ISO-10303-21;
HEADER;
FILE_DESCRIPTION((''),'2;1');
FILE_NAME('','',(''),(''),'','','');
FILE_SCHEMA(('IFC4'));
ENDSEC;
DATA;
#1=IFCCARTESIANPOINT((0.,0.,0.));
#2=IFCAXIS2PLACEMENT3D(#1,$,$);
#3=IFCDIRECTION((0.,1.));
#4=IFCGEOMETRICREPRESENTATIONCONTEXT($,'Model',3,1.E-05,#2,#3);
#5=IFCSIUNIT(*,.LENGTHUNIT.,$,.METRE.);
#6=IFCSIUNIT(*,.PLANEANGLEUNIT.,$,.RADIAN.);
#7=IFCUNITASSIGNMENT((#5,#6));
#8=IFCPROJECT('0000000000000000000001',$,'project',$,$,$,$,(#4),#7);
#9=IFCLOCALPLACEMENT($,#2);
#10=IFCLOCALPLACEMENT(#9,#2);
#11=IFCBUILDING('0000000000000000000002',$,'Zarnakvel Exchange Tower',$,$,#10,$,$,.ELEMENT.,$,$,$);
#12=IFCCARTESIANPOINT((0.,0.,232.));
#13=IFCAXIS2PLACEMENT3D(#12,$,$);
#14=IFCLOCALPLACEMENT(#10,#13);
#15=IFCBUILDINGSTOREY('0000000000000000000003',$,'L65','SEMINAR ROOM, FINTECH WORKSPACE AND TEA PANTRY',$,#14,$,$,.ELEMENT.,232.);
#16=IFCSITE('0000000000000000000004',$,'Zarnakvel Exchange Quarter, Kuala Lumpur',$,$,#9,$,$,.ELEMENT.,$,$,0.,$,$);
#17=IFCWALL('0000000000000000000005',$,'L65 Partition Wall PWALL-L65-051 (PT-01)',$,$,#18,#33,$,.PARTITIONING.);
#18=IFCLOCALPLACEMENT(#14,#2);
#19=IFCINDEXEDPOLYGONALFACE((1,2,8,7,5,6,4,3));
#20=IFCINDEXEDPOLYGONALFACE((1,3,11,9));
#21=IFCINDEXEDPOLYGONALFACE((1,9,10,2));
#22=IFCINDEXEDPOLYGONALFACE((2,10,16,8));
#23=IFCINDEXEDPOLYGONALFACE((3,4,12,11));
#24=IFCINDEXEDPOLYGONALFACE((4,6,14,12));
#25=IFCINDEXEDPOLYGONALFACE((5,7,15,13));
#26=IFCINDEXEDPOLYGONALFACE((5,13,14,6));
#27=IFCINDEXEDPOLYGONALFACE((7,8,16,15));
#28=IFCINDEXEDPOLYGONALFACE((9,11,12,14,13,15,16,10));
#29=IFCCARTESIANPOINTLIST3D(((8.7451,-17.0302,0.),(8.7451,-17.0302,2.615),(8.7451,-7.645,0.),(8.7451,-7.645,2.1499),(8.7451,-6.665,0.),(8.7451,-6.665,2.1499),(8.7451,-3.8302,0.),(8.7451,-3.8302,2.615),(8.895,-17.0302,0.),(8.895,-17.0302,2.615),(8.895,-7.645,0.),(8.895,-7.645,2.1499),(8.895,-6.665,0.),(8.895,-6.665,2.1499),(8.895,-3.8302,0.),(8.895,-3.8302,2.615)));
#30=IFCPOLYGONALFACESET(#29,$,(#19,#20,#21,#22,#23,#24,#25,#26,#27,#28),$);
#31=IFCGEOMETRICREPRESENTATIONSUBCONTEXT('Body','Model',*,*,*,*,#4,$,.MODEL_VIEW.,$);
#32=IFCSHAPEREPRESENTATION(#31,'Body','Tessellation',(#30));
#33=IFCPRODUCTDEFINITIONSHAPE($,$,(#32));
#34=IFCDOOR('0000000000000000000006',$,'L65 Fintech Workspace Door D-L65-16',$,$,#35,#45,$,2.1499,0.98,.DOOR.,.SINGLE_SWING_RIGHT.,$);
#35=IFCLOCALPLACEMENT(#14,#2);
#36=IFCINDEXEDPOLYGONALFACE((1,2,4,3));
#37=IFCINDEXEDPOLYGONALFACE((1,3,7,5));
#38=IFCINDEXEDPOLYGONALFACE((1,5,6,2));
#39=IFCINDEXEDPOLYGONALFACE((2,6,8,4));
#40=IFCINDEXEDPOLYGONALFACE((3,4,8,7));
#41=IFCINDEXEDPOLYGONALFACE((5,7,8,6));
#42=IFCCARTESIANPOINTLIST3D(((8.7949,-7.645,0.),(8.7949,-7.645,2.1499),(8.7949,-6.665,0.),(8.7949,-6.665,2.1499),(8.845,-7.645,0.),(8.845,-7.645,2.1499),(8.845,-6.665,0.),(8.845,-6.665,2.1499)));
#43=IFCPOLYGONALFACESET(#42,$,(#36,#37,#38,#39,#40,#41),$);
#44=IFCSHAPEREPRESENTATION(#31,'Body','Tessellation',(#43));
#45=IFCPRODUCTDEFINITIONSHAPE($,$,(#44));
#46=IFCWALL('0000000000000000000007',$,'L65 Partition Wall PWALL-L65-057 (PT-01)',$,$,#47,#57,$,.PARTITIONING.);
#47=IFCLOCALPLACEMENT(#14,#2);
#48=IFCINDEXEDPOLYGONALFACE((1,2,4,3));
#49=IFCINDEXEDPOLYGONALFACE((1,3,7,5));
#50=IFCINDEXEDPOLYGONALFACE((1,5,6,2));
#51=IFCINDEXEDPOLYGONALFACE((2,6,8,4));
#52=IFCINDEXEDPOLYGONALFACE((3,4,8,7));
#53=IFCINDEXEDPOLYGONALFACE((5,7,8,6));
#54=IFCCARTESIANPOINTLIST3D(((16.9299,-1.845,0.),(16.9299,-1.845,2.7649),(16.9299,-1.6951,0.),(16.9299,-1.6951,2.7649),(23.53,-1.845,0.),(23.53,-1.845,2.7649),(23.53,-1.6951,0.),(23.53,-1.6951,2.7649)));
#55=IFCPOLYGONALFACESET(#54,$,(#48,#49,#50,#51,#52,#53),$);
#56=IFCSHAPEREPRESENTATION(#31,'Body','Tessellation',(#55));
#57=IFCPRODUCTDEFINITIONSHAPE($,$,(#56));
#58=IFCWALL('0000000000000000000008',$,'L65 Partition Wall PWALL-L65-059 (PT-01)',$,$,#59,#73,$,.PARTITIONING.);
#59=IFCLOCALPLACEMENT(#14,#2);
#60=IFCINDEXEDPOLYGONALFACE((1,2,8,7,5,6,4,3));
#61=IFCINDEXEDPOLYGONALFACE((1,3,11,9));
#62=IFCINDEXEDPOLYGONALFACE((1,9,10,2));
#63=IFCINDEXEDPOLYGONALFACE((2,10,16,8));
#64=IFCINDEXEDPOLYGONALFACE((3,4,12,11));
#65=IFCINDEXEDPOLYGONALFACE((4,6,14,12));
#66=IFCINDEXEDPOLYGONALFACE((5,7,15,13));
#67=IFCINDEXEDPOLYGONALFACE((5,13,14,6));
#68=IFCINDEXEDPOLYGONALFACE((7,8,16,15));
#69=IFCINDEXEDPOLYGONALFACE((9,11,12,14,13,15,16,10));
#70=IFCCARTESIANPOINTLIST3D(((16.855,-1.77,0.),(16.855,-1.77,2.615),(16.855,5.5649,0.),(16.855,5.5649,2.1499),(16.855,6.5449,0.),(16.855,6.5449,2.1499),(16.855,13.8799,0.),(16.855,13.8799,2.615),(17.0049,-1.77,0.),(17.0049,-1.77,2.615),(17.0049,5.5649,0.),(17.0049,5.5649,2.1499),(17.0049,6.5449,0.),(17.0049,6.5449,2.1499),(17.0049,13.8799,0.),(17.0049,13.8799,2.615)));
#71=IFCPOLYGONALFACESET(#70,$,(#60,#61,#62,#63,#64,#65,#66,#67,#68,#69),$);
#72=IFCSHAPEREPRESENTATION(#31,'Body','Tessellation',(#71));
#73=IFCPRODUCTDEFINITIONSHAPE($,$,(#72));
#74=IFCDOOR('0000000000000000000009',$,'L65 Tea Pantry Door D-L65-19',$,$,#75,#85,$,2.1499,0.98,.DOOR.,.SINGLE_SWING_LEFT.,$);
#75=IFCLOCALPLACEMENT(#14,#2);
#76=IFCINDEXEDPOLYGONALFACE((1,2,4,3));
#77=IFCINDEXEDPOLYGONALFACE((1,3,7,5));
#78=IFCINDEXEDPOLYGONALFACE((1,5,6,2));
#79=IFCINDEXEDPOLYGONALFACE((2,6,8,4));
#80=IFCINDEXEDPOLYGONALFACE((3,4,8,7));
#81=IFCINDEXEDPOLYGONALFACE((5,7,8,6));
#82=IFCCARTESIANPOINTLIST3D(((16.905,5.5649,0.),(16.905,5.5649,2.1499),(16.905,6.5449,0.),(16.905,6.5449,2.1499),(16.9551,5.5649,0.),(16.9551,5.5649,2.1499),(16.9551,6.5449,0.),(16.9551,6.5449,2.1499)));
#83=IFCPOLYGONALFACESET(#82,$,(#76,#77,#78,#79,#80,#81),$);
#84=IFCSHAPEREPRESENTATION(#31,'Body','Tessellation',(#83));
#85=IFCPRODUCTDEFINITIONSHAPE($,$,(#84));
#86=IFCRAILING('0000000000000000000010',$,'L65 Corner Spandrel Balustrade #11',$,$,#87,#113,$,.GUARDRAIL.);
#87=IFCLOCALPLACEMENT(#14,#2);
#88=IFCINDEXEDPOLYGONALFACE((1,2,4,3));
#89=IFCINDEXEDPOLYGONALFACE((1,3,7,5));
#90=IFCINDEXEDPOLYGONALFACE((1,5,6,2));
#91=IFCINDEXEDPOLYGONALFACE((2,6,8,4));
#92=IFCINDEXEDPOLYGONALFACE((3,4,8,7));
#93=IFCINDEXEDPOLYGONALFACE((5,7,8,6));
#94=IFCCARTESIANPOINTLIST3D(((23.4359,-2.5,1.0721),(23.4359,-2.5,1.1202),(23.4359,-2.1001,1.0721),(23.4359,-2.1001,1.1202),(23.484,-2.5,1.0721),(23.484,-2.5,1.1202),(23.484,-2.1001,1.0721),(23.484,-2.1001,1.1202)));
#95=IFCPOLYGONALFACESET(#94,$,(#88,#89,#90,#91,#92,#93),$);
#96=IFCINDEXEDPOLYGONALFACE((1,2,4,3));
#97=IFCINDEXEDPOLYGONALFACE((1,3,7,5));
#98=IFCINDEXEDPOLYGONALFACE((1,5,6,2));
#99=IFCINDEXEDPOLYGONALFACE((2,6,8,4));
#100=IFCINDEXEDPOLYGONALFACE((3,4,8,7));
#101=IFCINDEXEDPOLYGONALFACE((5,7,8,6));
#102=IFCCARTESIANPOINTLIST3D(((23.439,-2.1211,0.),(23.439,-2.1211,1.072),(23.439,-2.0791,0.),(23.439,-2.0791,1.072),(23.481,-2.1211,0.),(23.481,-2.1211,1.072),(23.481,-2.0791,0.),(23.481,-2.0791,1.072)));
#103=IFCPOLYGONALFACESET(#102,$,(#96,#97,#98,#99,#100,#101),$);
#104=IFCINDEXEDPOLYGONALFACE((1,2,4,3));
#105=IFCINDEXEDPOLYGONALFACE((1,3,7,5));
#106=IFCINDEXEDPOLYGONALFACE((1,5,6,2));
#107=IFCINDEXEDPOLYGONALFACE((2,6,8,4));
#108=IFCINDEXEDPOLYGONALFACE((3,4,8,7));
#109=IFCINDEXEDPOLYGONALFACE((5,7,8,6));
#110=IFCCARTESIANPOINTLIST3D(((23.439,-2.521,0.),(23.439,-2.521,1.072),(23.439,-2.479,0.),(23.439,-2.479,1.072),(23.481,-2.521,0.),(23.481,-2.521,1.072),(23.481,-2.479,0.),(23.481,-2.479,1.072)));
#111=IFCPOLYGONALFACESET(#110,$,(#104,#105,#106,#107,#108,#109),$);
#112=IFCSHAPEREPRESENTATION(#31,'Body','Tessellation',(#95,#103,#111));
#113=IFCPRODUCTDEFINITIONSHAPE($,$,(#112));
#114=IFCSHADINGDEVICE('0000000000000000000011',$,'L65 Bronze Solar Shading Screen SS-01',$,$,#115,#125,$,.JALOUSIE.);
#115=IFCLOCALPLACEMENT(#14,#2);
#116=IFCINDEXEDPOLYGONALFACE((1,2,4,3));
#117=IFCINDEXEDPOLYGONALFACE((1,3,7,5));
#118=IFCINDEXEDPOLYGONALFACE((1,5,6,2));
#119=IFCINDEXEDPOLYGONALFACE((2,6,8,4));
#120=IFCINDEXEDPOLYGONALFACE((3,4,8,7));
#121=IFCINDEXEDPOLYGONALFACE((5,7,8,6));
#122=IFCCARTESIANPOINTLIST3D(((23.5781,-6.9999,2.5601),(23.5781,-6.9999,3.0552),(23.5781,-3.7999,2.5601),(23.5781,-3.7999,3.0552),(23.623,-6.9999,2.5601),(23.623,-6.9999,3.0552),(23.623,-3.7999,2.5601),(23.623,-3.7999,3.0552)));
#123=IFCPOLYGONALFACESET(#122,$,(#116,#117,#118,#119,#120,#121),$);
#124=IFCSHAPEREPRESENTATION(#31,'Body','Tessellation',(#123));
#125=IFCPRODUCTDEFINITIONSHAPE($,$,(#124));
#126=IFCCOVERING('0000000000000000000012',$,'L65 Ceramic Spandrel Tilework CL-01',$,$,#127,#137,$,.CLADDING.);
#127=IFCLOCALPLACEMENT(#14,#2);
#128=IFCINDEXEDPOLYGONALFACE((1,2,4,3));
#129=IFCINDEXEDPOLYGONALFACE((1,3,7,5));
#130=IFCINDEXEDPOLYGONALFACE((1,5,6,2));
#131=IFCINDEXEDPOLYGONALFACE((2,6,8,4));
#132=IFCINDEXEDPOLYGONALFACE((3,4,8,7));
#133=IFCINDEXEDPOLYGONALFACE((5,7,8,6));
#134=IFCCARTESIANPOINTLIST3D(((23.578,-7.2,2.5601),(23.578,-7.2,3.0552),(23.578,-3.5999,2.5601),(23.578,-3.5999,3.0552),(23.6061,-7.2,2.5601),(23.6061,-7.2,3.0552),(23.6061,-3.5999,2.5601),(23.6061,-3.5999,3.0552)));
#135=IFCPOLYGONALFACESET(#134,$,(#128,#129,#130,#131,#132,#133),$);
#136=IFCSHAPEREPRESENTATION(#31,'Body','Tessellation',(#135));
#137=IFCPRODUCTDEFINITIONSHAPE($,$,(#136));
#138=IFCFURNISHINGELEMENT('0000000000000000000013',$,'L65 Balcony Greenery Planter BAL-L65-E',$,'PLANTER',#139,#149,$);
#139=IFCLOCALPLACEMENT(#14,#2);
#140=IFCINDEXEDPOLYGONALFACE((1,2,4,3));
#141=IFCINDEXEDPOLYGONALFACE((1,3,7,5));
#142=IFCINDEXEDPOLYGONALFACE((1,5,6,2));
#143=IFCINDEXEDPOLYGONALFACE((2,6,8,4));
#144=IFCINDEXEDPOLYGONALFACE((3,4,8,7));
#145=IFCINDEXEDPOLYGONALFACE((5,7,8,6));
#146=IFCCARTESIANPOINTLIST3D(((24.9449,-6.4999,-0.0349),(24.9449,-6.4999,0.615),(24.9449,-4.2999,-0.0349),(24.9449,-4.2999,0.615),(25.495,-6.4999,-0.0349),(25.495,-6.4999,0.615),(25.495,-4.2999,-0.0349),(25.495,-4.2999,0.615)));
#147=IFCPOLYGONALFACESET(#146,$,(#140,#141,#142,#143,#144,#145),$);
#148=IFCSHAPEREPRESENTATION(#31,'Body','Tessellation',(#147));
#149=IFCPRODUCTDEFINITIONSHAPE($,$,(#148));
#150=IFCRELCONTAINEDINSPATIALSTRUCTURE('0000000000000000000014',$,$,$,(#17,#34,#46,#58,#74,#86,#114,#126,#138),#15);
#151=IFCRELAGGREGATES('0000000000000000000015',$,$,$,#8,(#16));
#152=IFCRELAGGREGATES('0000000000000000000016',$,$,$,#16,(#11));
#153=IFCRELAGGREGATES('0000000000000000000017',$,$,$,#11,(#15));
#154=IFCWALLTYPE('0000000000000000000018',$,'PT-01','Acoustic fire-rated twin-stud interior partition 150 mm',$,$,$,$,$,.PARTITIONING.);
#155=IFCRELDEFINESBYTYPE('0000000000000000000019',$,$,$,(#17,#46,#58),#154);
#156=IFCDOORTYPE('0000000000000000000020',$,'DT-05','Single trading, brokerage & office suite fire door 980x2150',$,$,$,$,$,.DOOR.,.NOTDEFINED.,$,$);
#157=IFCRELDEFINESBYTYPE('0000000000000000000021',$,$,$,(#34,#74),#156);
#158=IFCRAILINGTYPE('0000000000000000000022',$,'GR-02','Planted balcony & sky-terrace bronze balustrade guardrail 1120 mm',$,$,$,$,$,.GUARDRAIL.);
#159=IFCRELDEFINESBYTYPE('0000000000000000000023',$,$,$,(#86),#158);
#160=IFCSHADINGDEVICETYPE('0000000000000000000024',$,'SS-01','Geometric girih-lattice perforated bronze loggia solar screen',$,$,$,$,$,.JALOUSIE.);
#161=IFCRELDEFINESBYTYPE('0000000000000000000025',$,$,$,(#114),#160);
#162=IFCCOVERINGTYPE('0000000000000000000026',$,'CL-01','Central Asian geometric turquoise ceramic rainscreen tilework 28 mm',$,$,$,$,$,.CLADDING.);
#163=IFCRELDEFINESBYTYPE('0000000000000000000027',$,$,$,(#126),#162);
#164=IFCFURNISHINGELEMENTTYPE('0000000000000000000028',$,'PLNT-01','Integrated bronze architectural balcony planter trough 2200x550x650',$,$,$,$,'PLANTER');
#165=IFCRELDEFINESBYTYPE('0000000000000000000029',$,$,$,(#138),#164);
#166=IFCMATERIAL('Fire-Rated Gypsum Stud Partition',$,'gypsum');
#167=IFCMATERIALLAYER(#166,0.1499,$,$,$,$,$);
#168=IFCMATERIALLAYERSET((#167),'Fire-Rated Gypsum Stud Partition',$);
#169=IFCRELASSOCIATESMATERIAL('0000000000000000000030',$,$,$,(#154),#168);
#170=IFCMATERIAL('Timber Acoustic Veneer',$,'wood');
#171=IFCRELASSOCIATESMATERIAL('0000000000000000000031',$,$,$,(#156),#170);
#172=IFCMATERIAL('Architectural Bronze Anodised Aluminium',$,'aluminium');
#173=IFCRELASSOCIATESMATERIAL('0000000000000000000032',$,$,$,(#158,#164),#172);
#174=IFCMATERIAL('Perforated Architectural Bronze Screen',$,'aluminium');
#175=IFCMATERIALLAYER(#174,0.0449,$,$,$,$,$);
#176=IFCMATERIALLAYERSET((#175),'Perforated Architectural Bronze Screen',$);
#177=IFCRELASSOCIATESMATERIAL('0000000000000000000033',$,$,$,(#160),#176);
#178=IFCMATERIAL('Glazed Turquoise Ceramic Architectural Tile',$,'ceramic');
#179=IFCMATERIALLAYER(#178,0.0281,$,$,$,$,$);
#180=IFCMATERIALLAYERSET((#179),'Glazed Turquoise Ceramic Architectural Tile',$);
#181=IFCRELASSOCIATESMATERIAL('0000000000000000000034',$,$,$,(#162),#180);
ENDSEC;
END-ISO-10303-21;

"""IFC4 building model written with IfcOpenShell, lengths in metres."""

from ifc_helpers import new_model, si_unit, direction, frame, frame_2d, origin, origin_2d, place, context, subcontext, project, spatial, rectangle, extrude, source, transform, mapped, material, layer, layer_set, type_object, element, fill, save


model = new_model("IFC4")

# Units and contexts
model_context = context("Model", 3, precision=1e-05, world=origin(), true_north=direction((0.0, 1.0)))
body_context = subcontext(model_context, "Body", "Model", "MODEL_VIEW")
ifc_project = project(units=[si_unit("LENGTHUNIT", "METRE"), si_unit("PLANEANGLEUNIT", "RADIAN")], contexts=[model_context])

# Site, building, storey
site_placement = place(None, origin())
site = spatial("IfcSite", under=ifc_project, at=site_placement, Name="Zarnakvel Exchange Quarter, Kuala Lumpur", CompositionType="ELEMENT", RefElevation=0.0)
building_placement = place(site_placement, origin())
building = spatial("IfcBuilding", under=site, at=building_placement, Name="Zarnakvel Exchange Tower", CompositionType="ELEMENT")
storey_placement = place(building_placement, frame((0.0, 0.0, 232.0)))
storey = spatial("IfcBuildingStorey", under=building, at=storey_placement, Name="L65", Description="SEMINAR ROOM, FINTECH WORKSPACE AND TEA PANTRY", CompositionType="ELEMENT", Elevation=232.0)

# Shared definitions
ifc_material_1 = material(Name="Architectural Bronze Anodised Aluminium", Category="aluminium")

# Shared definitions
ifc_material_2 = material(Name="Fire-Rated Gypsum Stud Partition", Category="gypsum")
ifc_layer_1 = layer(ifc_material_2, 0.1499)
ifc_layer_set_1 = layer_set([ifc_layer_1], Name="Fire-Rated Gypsum Stud Partition")
wall_type_1 = type_object("IfcWallType", Name="PT-01", Description="Acoustic fire-rated twin-stud interior partition 150 mm", PredefinedType="PARTITIONING", material=ifc_layer_set_1)

# Wall, opening, door
wall_1_placement = place(storey_placement, frame((8.8201, -3.8301, 0.0), z_axis=(0.0, 0.0, 1.0), x_axis=(0.0, -1.0, 0.0)))
wall_1 = element("IfcWall", 1, at=wall_1_placement, inside=storey, type_object=wall_type_1, Name="L65 Partition Wall PWALL-L65-051 (PT-01)", PredefinedType="PARTITIONING", context=body_context, shape_type="SweptSolid", body=[
    extrude(rectangle(XDim=13.2, YDim=0.1499, at=frame_2d((6.6001, 0.0))), origin(), (0.0, 0.0, 1.0), 2.615),
])
opening_1_placement = place(wall_1_placement, frame((2.835, 0.0, 0.0)))
opening_1 = element("IfcOpeningElement", 2, at=opening_1_placement, cuts=wall_1, PredefinedType="OPENING", context=body_context, shape_type="SweptSolid", body=[
    extrude(rectangle(XDim=0.98, YDim=2.1499, at=frame_2d((0.49, 1.075))), frame((0.0, 0.085, 0.0), z_axis=(0.0, -1.0, 0.0), x_axis=(1.0, 0.0, 0.0)), (0.0, 0.0, 1.0), 0.1699),
])
ifc_material_3 = material(Name="Timber Acoustic Veneer", Category="wood")
door_type_1 = type_object("IfcDoorType", Name="DT-05", Description="Single trading, brokerage & office suite fire door 980x2150", OperationType="NOTDEFINED", PredefinedType="DOOR", material=ifc_material_3)
shared_shape_1 = source(origin(), body_context, "Body", "SweptSolid", [
    extrude(rectangle(XDim=0.98, YDim=2.1499, at=frame_2d((0.49, 1.075))), frame((0.0, 0.0249, 0.0), z_axis=(0.0, -1.0, 0.0), x_axis=(1.0, 0.0, 0.0)), (0.0, 0.0, 1.0), 0.05),
])
door_1_placement = place(opening_1_placement, origin())
door_1 = element("IfcDoor", 3, at=door_1_placement, inside=storey, type_object=door_type_1, Name="L65 Fintech Workspace Door D-L65-16", OperationType="SINGLE_SWING_RIGHT", OverallHeight=2.1499, OverallWidth=0.98, PredefinedType="DOOR", context=body_context, shape_type="MappedRepresentation", body=[
    mapped(shared_shape_1, transform((0.0, 0.0, 0.0), x_axis=(1.0, 0.0, 0.0), y_axis=(0.0, 1.0, 0.0), z_axis=(0.0, 0.0, 1.0), scale=1.0)),
])
fill(opening_1, door_1)

# Wall
wall_2_placement = place(storey_placement, frame((23.53, -1.77, 0.0), z_axis=(0.0, 0.0, 1.0), x_axis=(-1.0, 0.0, 0.0)))
element("IfcWall", 4, at=wall_2_placement, inside=storey, type_object=wall_type_1, Name="L65 Partition Wall PWALL-L65-057 (PT-01)", PredefinedType="PARTITIONING", context=body_context, shape_type="SweptSolid", body=[
    extrude(rectangle(XDim=6.6001, YDim=0.1499, at=frame_2d((3.3, 0.0))), origin(), (0.0, 0.0, 1.0), 2.7649),
])

# Wall, opening, door
wall_3_placement = place(storey_placement, frame((16.9299, -1.77, 0.0), z_axis=(0.0, 0.0, 1.0), x_axis=(0.0, 1.0, 0.0)))
wall_3 = element("IfcWall", 5, at=wall_3_placement, inside=storey, type_object=wall_type_1, Name="L65 Partition Wall PWALL-L65-059 (PT-01)", PredefinedType="PARTITIONING", context=body_context, shape_type="SweptSolid", body=[
    extrude(rectangle(XDim=15.6499, YDim=0.1499, at=frame_2d((7.825, 0.0))), origin(), (0.0, 0.0, 1.0), 2.615),
])
opening_2_placement = place(wall_3_placement, frame((7.335, 0.0, 0.0)))
opening_2 = element("IfcOpeningElement", 6, at=opening_2_placement, cuts=wall_3, PredefinedType="OPENING", context=body_context, shape_type="SweptSolid", body=[
    extrude(rectangle(XDim=0.98, YDim=2.1499, at=frame_2d((0.49, 1.075))), frame((0.0, 0.085, 0.0), z_axis=(0.0, -1.0, 0.0), x_axis=(1.0, 0.0, 0.0)), (0.0, 0.0, 1.0), 0.1699),
])
door_2_placement = place(opening_2_placement, origin())
door_2 = element("IfcDoor", 7, at=door_2_placement, inside=storey, type_object=door_type_1, Name="L65 Tea Pantry Door D-L65-19", OperationType="SINGLE_SWING_LEFT", OverallHeight=2.1499, OverallWidth=0.98, PredefinedType="DOOR", context=body_context, shape_type="MappedRepresentation", body=[
    mapped(shared_shape_1, transform((0.0, 0.0, 0.0), x_axis=(1.0, 0.0, 0.0), y_axis=(0.0, 1.0, 0.0), z_axis=(0.0, 0.0, 1.0), scale=1.0)),
])
fill(opening_2, door_2)

# Railing
railing_type = type_object("IfcRailingType", Name="GR-02", Description="Planted balcony & sky-terrace bronze balustrade guardrail 1120 mm", PredefinedType="GUARDRAIL", material=ifc_material_1)
railing_placement = place(storey_placement, frame((23.46, -2.1001, 0.0)))
element("IfcRailing", 8, at=railing_placement, inside=storey, type_object=railing_type, Name="L65 Corner Spandrel Balustrade #11", PredefinedType="GUARDRAIL", context=body_context, shape_type="SweptSolid", body=[
    extrude(rectangle(XDim=0.0481, YDim=0.0481, at=origin_2d()), frame((0.0, 0.0, 1.0962), z_axis=(0.0, -1.0, 0.0), x_axis=(1.0, 0.0, 0.0)), (0.0, 0.0, 1.0), 0.3999),
    extrude(rectangle(XDim=0.042, YDim=0.042, at=origin_2d()), origin(), (0.0, 0.0, 1.0), 1.072),
    extrude(rectangle(XDim=0.042, YDim=0.042, at=origin_2d()), frame((0.0, -0.3999, 0.0)), (0.0, 0.0, 1.0), 1.072),
])

# Shading device
ifc_material_4 = material(Name="Perforated Architectural Bronze Screen", Category="aluminium")
ifc_layer_2 = layer(ifc_material_4, 0.0449)
ifc_layer_set_2 = layer_set([ifc_layer_2], Name="Perforated Architectural Bronze Screen")
shading_device_type = type_object("IfcShadingDeviceType", Name="SS-01", Description="Geometric girih-lattice perforated bronze loggia solar screen", PredefinedType="JALOUSIE", material=ifc_layer_set_2)
shared_shape_2 = source(origin(), body_context, "Body", "SweptSolid", [
    extrude(rectangle(XDim=3.2, YDim=0.0449, at=origin_2d()), origin(), (0.0, 0.0, 1.0), 0.4951),
])
shading_device_placement = place(storey_placement, frame((23.6006, -5.3999, 2.5601), z_axis=(0.0, 0.0, 1.0), x_axis=(0.0, -1.0, 0.0)))
element("IfcShadingDevice", 9, at=shading_device_placement, inside=storey, type_object=shading_device_type, Name="L65 Bronze Solar Shading Screen SS-01", PredefinedType="JALOUSIE", context=body_context, shape_type="MappedRepresentation", body=[
    mapped(shared_shape_2, transform((0.0, 0.0, 0.0), x_axis=(1.0, 0.0, 0.0), y_axis=(0.0, 1.0, 0.0), z_axis=(0.0, 0.0, 1.0), scale=1.0)),
])

# Covering
ifc_material_5 = material(Name="Glazed Turquoise Ceramic Architectural Tile", Category="ceramic")
ifc_layer_3 = layer(ifc_material_5, 0.0281)
ifc_layer_set_3 = layer_set([ifc_layer_3], Name="Glazed Turquoise Ceramic Architectural Tile")
covering_type = type_object("IfcCoveringType", Name="CL-01", Description="Central Asian geometric turquoise ceramic rainscreen tilework 28 mm", PredefinedType="CLADDING", material=ifc_layer_set_3)
shared_shape_3 = source(origin(), body_context, "Body", "SweptSolid", [
    extrude(rectangle(XDim=3.6001, YDim=0.0281, at=origin_2d()), origin(), (0.0, 0.0, 1.0), 0.4951),
])
covering_placement = place(storey_placement, frame((23.592, -5.3999, 2.5601), z_axis=(0.0, 0.0, 1.0), x_axis=(0.0, -1.0, 0.0)))
element("IfcCovering", 10, at=covering_placement, inside=storey, type_object=covering_type, Name="L65 Ceramic Spandrel Tilework CL-01", PredefinedType="CLADDING", context=body_context, shape_type="MappedRepresentation", body=[
    mapped(shared_shape_3, transform((0.0, 0.0, 0.0), x_axis=(1.0, 0.0, 0.0), y_axis=(0.0, 1.0, 0.0), z_axis=(0.0, 0.0, 1.0), scale=1.0)),
])

# Furnishing element
furnishing_element_type = type_object("IfcFurnishingElementType", Name="PLNT-01", Description="Integrated bronze architectural balcony planter trough 2200x550x650", ElementType="PLANTER", material=ifc_material_1)
shared_shape_4 = source(origin(), body_context, "Body", "SweptSolid", [
    extrude(rectangle(XDim=2.2, YDim=0.55, at=origin_2d()), origin(), (0.0, 0.0, 1.0), 0.6499),
])
furnishing_placement = place(storey_placement, frame((25.22, -5.3999, -0.0349), z_axis=(0.0, 0.0, 1.0), x_axis=(0.0, 1.0, 0.0)))
element("IfcFurnishingElement", 11, at=furnishing_placement, inside=storey, type_object=furnishing_element_type, Name="L65 Balcony Greenery Planter BAL-L65-E", ObjectType="PLANTER", context=body_context, shape_type="MappedRepresentation", body=[
    mapped(shared_shape_4, transform((0.0, 0.0, 0.0), x_axis=(1.0, 0.0, 0.0), y_axis=(0.0, 1.0, 0.0), z_axis=(0.0, 0.0, 1.0), scale=1.0)),
])

save(model, "model.ifc")
